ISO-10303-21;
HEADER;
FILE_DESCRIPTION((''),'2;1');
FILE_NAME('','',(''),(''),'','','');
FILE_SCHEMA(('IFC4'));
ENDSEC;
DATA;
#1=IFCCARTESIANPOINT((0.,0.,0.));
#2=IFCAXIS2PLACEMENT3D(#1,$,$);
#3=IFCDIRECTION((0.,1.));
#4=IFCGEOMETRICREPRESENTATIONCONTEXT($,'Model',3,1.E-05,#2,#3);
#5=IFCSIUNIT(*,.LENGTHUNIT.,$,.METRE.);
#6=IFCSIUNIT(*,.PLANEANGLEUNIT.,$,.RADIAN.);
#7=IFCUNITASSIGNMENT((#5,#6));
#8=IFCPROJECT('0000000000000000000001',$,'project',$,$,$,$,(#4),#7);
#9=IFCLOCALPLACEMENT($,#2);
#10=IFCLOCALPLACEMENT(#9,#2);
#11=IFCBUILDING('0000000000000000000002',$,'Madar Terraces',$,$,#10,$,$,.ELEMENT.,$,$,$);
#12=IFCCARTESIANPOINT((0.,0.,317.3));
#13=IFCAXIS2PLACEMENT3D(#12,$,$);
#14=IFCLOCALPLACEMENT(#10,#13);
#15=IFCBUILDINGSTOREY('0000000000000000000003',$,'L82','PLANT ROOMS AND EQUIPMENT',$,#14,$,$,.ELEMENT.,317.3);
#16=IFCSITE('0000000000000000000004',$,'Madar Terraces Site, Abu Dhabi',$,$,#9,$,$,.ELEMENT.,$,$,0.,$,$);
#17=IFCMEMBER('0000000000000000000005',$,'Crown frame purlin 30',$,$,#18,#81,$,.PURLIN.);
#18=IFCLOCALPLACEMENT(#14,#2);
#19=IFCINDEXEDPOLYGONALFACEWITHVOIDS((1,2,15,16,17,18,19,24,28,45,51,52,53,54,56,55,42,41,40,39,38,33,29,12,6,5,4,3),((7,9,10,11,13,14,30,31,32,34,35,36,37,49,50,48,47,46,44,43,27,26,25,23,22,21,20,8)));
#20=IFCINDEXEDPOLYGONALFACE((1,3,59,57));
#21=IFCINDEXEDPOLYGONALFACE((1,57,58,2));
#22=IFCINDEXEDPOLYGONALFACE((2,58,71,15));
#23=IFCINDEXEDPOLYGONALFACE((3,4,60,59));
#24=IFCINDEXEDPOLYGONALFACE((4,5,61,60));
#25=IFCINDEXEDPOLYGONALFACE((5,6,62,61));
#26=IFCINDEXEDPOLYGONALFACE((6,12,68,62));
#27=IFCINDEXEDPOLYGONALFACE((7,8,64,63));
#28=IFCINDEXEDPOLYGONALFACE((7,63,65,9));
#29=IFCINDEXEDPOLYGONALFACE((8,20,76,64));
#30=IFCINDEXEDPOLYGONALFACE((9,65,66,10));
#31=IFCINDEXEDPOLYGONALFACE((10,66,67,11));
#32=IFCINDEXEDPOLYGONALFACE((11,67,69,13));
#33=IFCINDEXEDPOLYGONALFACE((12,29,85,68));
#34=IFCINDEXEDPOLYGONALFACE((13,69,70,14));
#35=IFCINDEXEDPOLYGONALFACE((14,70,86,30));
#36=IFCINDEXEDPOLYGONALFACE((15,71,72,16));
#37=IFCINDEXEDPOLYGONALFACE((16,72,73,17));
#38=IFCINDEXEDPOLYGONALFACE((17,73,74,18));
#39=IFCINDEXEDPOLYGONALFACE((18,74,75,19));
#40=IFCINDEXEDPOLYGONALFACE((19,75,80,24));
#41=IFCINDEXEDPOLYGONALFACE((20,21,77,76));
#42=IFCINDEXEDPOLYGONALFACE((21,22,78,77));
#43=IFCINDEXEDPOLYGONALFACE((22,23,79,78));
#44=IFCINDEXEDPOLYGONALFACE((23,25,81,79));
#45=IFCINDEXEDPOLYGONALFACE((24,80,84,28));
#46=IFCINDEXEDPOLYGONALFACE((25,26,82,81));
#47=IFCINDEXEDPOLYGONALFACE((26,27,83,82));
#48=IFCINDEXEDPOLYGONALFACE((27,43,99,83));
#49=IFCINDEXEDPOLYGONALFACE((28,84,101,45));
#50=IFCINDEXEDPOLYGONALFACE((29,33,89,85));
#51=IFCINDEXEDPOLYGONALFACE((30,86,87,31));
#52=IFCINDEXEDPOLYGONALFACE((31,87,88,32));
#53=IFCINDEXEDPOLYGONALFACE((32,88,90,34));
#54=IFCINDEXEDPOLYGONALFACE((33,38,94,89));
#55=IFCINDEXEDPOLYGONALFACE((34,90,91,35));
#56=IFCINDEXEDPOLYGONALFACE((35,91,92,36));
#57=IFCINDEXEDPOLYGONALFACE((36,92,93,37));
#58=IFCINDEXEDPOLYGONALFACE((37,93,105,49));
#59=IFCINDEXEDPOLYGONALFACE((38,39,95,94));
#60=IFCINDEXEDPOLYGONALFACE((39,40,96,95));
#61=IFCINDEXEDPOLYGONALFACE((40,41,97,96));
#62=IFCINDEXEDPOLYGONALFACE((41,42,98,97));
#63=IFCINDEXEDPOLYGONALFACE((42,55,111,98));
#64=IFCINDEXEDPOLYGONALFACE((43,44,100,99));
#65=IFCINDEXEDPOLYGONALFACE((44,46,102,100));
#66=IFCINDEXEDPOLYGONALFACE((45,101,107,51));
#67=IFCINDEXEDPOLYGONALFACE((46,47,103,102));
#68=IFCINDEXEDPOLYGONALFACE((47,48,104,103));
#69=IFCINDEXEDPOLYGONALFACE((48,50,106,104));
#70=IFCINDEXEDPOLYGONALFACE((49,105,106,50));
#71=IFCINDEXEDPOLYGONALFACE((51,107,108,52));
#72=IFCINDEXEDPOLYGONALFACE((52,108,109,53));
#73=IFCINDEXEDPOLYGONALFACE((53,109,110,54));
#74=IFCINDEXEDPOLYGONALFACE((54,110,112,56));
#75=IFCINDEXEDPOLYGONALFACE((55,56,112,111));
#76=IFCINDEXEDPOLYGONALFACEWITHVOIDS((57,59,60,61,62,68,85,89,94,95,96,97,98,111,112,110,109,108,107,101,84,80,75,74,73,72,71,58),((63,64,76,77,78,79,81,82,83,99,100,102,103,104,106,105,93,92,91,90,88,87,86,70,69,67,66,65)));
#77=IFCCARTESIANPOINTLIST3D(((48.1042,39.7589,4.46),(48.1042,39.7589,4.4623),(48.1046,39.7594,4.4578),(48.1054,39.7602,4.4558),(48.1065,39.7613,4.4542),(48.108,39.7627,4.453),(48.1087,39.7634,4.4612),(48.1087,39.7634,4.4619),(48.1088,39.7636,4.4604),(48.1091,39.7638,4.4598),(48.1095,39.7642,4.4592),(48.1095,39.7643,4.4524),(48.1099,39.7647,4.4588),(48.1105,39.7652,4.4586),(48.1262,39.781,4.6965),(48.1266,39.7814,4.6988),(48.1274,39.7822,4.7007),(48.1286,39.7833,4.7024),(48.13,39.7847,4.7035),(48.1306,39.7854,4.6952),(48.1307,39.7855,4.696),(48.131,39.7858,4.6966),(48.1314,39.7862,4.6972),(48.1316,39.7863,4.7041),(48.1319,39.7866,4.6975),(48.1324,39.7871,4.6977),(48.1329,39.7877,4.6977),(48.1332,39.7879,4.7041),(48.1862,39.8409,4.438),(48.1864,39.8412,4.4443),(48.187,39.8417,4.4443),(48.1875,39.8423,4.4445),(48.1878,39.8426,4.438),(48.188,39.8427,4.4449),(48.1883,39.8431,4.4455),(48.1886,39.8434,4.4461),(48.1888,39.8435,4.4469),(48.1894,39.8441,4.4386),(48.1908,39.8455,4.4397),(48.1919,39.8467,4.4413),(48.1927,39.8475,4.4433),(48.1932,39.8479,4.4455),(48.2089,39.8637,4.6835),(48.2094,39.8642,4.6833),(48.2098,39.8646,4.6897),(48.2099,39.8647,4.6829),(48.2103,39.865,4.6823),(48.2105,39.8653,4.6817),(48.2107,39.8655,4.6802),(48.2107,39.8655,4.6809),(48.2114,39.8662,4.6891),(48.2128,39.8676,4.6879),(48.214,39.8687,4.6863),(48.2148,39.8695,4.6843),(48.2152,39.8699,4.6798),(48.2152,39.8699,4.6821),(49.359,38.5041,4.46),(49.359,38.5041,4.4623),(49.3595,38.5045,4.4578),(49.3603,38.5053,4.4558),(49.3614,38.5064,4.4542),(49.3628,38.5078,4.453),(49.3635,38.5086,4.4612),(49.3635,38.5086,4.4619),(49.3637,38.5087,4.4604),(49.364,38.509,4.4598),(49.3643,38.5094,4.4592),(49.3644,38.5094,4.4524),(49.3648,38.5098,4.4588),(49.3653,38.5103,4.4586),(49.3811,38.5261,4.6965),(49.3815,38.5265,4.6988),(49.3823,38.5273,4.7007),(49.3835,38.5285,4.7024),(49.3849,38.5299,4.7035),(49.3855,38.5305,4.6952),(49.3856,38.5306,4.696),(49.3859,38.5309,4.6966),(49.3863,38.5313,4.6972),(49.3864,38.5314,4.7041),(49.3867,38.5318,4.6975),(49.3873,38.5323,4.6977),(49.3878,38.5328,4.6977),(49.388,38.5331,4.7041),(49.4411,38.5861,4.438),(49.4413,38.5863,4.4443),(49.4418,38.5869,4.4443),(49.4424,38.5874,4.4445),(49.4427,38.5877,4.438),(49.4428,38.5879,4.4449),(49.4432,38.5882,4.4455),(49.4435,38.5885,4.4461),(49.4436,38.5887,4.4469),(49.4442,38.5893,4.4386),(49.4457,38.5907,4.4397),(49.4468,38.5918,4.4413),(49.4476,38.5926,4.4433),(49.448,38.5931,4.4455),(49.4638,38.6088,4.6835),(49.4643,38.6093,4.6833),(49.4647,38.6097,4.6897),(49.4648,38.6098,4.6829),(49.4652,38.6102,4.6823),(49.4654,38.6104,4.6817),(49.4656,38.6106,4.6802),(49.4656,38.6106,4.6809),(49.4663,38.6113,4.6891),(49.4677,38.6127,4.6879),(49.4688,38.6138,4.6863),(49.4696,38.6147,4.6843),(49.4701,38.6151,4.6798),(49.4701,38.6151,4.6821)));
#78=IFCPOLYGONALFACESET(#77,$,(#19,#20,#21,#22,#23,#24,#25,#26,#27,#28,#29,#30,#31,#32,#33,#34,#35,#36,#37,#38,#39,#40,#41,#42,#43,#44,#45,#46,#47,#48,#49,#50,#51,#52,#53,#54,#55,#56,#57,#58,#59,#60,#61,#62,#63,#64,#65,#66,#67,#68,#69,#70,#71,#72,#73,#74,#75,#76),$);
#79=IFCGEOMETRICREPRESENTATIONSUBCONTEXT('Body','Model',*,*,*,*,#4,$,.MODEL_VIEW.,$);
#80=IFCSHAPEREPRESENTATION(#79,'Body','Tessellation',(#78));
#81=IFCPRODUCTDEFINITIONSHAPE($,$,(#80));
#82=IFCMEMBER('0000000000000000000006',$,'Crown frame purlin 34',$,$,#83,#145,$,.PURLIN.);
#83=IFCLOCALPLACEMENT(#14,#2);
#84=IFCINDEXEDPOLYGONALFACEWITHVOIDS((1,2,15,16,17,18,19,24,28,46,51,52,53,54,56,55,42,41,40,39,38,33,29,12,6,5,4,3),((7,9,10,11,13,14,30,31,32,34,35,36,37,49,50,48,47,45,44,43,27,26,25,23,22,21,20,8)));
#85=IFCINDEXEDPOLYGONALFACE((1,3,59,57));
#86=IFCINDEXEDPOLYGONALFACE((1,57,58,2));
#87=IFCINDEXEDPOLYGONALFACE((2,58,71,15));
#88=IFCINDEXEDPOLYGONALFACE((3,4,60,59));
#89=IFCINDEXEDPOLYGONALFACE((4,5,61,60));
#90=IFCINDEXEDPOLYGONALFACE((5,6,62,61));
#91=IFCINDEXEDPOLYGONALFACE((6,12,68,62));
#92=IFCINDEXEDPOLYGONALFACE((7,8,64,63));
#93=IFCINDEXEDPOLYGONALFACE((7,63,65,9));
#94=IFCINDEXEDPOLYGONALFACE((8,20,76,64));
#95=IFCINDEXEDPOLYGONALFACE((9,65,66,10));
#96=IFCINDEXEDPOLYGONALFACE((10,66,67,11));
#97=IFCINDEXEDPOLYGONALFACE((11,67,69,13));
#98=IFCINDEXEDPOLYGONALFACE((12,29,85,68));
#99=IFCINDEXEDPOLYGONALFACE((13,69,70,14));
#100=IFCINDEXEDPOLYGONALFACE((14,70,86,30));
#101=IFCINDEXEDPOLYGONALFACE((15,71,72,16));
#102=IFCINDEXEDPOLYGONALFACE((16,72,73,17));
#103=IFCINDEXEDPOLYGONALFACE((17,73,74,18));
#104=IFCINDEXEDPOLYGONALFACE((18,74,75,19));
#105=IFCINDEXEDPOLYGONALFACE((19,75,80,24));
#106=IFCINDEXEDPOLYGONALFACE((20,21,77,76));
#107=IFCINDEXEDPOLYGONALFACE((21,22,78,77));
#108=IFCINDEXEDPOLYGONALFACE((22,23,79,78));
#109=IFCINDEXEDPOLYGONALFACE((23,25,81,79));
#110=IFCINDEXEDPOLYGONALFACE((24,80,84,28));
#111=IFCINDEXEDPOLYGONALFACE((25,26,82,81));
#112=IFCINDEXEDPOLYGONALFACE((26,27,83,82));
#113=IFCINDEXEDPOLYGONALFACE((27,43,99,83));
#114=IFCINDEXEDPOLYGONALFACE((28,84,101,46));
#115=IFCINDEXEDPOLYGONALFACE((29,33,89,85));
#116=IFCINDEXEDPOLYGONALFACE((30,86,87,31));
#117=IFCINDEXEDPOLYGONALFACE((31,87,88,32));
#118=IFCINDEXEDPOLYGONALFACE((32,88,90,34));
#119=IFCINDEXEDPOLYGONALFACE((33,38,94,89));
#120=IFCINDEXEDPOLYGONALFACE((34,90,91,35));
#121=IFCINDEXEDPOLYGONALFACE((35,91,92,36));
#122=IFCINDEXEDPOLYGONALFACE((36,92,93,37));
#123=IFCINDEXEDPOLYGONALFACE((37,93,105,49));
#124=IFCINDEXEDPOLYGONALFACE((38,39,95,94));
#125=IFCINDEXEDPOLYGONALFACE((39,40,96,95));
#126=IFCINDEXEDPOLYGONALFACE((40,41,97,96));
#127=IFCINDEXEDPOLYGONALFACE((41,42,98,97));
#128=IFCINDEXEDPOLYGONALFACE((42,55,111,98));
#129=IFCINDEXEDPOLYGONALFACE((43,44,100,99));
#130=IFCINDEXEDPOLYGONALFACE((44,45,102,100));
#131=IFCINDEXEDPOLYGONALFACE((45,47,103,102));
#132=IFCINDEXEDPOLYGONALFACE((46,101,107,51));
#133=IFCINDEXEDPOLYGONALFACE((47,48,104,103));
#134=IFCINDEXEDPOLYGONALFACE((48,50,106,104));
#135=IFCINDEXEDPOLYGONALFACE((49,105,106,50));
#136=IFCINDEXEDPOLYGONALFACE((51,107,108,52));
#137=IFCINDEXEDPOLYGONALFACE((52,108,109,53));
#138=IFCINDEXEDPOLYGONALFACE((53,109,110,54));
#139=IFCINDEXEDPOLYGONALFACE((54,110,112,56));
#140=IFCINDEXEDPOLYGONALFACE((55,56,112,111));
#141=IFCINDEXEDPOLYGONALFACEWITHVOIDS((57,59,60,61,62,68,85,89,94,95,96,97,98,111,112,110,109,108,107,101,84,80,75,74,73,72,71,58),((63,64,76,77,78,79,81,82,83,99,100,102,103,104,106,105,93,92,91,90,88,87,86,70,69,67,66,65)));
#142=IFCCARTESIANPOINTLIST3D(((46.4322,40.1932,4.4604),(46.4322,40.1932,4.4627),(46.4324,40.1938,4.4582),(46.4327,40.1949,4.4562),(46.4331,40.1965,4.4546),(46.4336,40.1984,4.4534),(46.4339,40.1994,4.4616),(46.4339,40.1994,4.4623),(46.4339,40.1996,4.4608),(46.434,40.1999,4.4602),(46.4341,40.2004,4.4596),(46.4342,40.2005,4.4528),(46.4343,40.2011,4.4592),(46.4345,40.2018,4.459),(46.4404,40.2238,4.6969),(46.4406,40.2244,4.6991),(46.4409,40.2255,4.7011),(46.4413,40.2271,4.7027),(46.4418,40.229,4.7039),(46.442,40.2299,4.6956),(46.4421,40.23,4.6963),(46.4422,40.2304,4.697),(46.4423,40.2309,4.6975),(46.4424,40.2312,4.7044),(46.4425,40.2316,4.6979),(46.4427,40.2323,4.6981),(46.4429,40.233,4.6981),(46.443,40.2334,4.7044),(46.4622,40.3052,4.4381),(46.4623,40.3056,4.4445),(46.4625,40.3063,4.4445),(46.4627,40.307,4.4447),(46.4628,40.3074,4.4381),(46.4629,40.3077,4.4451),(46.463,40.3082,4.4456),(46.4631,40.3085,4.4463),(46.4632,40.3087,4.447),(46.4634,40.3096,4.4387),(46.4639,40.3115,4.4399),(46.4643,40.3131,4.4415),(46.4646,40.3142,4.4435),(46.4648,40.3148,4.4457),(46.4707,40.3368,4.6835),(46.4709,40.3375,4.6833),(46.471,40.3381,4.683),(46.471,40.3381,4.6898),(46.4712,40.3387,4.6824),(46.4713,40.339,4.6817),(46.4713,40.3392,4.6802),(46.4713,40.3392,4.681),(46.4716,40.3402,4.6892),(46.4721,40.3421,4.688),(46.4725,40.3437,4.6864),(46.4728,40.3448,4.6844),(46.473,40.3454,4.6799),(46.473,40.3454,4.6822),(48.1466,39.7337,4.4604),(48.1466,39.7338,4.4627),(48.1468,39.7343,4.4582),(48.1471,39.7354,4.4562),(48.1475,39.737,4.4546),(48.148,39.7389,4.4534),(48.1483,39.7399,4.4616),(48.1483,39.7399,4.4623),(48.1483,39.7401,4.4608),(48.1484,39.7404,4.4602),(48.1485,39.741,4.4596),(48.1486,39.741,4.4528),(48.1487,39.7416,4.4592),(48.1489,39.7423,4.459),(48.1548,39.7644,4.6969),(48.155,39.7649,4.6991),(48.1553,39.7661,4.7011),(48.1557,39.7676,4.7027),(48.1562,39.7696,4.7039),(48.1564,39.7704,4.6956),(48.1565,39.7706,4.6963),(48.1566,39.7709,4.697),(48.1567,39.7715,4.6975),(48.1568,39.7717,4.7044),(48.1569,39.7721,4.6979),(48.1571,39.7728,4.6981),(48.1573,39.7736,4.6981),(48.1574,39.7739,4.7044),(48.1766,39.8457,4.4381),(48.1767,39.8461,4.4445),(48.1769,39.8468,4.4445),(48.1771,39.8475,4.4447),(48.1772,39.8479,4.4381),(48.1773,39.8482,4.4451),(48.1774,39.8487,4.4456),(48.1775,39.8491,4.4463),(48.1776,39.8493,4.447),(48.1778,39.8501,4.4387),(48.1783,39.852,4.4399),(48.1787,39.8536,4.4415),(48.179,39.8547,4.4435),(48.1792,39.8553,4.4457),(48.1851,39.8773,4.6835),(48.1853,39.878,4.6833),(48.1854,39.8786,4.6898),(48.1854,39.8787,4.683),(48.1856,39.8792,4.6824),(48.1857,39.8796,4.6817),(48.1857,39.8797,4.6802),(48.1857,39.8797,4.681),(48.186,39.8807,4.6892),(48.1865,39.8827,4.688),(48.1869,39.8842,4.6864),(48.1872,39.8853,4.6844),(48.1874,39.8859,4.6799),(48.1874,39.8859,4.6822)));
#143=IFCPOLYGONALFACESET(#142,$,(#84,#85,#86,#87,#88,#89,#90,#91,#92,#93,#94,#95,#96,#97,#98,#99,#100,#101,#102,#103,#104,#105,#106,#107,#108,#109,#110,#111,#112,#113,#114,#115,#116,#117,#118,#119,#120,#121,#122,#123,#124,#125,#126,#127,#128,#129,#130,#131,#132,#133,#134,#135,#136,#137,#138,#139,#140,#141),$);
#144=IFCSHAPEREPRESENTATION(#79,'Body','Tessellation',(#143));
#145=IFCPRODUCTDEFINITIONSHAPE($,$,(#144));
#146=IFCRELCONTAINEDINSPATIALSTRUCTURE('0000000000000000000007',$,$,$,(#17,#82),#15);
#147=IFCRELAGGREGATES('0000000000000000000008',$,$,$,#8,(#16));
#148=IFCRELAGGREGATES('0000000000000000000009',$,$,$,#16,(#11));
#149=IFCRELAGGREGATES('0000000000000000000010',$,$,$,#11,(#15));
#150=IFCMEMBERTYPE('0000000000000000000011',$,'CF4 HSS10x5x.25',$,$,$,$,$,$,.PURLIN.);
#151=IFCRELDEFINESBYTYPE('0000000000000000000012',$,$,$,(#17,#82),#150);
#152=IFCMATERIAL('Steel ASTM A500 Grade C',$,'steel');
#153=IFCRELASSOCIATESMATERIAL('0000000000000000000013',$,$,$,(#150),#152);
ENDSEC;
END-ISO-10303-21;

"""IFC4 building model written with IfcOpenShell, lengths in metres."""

from ifc_helpers import new_model, si_unit, direction, frame, origin, origin_2d, place, context, subcontext, project, spatial, hollow_rectangle, extrude, material, material_profile, profile_set, type_object, element, save


model = new_model("IFC4")

# Units and contexts
model_context = context("Model", 3, precision=1e-05, world=origin(), true_north=direction((0.0, 1.0)))
body_context = subcontext(model_context, "Body", "Model", "MODEL_VIEW")
ifc_project = project(units=[si_unit("LENGTHUNIT", "METRE"), si_unit("PLANEANGLEUNIT", "RADIAN")], contexts=[model_context])

# Site, building, storey
site_placement = place(None, origin())
site = spatial("IfcSite", under=ifc_project, at=site_placement, Name="Madar Terraces Site, Abu Dhabi", CompositionType="ELEMENT", RefElevation=0.0)
building_placement = place(site_placement, origin())
building = spatial("IfcBuilding", under=site, at=building_placement, Name="Madar Terraces", CompositionType="ELEMENT")
storey_placement = place(building_placement, frame((0.0, 0.0, 317.3)))
storey = spatial("IfcBuildingStorey", under=building, at=storey_placement, Name="L82", Description="PLANT ROOMS AND EQUIPMENT", CompositionType="ELEMENT", Elevation=317.3)

# Members
ifc_material_1 = material(Name="Steel ASTM A500 Grade C", Category="steel")
ifc_material_profile_1 = material_profile(ifc_material_1, hollow_rectangle(XDim=0.127, YDim=0.2539, WallThickness=0.0063, InnerFilletRadius=0.0029, OuterFilletRadius=0.0088, at=origin_2d()), Name="HSS10x5x.25")
ifc_profile_set_1 = profile_set([ifc_material_profile_1], Name="Steel ASTM A500 Grade C")
member_type_1 = type_object("IfcMemberType", Name="CF4 HSS10x5x.25", PredefinedType="PURLIN", material=ifc_profile_set_1)
member_1_placement = place(storey_placement, frame((49.4146, 38.5596, 4.571), z_axis=(-0.707107, 0.707107, 0.0), x_axis=(-0.700941, -0.700941, 0.131765)))
element("IfcMember", 1, at=member_1_placement, inside=storey, type_object=member_type_1, Name="Crown frame purlin 30", PredefinedType="PURLIN", context=body_context, shape_type="SweptSolid", body=[
    extrude(hollow_rectangle(XDim=0.127, YDim=0.2539, WallThickness=0.0063, InnerFilletRadius=0.0029, OuterFilletRadius=0.0088, at=origin_2d()), origin(), (0.0, 0.0, 1.0), 1.7747),
])
member_2_placement = place(storey_placement, frame((48.167, 39.8098, 4.5713), z_axis=(-0.96591, 0.258878, 0.0), x_axis=(-0.25654, -0.957187, 0.134086)))
element("IfcMember", 2, at=member_2_placement, inside=storey, type_object=member_type_1, Name="Crown frame purlin 34", PredefinedType="PURLIN", context=body_context, shape_type="SweptSolid", body=[
    extrude(hollow_rectangle(XDim=0.127, YDim=0.2539, WallThickness=0.0063, InnerFilletRadius=0.0029, OuterFilletRadius=0.0088, at=origin_2d()), origin(), (0.0, 0.0, 1.0), 1.7749),
])

save(model, "model.ifc")
